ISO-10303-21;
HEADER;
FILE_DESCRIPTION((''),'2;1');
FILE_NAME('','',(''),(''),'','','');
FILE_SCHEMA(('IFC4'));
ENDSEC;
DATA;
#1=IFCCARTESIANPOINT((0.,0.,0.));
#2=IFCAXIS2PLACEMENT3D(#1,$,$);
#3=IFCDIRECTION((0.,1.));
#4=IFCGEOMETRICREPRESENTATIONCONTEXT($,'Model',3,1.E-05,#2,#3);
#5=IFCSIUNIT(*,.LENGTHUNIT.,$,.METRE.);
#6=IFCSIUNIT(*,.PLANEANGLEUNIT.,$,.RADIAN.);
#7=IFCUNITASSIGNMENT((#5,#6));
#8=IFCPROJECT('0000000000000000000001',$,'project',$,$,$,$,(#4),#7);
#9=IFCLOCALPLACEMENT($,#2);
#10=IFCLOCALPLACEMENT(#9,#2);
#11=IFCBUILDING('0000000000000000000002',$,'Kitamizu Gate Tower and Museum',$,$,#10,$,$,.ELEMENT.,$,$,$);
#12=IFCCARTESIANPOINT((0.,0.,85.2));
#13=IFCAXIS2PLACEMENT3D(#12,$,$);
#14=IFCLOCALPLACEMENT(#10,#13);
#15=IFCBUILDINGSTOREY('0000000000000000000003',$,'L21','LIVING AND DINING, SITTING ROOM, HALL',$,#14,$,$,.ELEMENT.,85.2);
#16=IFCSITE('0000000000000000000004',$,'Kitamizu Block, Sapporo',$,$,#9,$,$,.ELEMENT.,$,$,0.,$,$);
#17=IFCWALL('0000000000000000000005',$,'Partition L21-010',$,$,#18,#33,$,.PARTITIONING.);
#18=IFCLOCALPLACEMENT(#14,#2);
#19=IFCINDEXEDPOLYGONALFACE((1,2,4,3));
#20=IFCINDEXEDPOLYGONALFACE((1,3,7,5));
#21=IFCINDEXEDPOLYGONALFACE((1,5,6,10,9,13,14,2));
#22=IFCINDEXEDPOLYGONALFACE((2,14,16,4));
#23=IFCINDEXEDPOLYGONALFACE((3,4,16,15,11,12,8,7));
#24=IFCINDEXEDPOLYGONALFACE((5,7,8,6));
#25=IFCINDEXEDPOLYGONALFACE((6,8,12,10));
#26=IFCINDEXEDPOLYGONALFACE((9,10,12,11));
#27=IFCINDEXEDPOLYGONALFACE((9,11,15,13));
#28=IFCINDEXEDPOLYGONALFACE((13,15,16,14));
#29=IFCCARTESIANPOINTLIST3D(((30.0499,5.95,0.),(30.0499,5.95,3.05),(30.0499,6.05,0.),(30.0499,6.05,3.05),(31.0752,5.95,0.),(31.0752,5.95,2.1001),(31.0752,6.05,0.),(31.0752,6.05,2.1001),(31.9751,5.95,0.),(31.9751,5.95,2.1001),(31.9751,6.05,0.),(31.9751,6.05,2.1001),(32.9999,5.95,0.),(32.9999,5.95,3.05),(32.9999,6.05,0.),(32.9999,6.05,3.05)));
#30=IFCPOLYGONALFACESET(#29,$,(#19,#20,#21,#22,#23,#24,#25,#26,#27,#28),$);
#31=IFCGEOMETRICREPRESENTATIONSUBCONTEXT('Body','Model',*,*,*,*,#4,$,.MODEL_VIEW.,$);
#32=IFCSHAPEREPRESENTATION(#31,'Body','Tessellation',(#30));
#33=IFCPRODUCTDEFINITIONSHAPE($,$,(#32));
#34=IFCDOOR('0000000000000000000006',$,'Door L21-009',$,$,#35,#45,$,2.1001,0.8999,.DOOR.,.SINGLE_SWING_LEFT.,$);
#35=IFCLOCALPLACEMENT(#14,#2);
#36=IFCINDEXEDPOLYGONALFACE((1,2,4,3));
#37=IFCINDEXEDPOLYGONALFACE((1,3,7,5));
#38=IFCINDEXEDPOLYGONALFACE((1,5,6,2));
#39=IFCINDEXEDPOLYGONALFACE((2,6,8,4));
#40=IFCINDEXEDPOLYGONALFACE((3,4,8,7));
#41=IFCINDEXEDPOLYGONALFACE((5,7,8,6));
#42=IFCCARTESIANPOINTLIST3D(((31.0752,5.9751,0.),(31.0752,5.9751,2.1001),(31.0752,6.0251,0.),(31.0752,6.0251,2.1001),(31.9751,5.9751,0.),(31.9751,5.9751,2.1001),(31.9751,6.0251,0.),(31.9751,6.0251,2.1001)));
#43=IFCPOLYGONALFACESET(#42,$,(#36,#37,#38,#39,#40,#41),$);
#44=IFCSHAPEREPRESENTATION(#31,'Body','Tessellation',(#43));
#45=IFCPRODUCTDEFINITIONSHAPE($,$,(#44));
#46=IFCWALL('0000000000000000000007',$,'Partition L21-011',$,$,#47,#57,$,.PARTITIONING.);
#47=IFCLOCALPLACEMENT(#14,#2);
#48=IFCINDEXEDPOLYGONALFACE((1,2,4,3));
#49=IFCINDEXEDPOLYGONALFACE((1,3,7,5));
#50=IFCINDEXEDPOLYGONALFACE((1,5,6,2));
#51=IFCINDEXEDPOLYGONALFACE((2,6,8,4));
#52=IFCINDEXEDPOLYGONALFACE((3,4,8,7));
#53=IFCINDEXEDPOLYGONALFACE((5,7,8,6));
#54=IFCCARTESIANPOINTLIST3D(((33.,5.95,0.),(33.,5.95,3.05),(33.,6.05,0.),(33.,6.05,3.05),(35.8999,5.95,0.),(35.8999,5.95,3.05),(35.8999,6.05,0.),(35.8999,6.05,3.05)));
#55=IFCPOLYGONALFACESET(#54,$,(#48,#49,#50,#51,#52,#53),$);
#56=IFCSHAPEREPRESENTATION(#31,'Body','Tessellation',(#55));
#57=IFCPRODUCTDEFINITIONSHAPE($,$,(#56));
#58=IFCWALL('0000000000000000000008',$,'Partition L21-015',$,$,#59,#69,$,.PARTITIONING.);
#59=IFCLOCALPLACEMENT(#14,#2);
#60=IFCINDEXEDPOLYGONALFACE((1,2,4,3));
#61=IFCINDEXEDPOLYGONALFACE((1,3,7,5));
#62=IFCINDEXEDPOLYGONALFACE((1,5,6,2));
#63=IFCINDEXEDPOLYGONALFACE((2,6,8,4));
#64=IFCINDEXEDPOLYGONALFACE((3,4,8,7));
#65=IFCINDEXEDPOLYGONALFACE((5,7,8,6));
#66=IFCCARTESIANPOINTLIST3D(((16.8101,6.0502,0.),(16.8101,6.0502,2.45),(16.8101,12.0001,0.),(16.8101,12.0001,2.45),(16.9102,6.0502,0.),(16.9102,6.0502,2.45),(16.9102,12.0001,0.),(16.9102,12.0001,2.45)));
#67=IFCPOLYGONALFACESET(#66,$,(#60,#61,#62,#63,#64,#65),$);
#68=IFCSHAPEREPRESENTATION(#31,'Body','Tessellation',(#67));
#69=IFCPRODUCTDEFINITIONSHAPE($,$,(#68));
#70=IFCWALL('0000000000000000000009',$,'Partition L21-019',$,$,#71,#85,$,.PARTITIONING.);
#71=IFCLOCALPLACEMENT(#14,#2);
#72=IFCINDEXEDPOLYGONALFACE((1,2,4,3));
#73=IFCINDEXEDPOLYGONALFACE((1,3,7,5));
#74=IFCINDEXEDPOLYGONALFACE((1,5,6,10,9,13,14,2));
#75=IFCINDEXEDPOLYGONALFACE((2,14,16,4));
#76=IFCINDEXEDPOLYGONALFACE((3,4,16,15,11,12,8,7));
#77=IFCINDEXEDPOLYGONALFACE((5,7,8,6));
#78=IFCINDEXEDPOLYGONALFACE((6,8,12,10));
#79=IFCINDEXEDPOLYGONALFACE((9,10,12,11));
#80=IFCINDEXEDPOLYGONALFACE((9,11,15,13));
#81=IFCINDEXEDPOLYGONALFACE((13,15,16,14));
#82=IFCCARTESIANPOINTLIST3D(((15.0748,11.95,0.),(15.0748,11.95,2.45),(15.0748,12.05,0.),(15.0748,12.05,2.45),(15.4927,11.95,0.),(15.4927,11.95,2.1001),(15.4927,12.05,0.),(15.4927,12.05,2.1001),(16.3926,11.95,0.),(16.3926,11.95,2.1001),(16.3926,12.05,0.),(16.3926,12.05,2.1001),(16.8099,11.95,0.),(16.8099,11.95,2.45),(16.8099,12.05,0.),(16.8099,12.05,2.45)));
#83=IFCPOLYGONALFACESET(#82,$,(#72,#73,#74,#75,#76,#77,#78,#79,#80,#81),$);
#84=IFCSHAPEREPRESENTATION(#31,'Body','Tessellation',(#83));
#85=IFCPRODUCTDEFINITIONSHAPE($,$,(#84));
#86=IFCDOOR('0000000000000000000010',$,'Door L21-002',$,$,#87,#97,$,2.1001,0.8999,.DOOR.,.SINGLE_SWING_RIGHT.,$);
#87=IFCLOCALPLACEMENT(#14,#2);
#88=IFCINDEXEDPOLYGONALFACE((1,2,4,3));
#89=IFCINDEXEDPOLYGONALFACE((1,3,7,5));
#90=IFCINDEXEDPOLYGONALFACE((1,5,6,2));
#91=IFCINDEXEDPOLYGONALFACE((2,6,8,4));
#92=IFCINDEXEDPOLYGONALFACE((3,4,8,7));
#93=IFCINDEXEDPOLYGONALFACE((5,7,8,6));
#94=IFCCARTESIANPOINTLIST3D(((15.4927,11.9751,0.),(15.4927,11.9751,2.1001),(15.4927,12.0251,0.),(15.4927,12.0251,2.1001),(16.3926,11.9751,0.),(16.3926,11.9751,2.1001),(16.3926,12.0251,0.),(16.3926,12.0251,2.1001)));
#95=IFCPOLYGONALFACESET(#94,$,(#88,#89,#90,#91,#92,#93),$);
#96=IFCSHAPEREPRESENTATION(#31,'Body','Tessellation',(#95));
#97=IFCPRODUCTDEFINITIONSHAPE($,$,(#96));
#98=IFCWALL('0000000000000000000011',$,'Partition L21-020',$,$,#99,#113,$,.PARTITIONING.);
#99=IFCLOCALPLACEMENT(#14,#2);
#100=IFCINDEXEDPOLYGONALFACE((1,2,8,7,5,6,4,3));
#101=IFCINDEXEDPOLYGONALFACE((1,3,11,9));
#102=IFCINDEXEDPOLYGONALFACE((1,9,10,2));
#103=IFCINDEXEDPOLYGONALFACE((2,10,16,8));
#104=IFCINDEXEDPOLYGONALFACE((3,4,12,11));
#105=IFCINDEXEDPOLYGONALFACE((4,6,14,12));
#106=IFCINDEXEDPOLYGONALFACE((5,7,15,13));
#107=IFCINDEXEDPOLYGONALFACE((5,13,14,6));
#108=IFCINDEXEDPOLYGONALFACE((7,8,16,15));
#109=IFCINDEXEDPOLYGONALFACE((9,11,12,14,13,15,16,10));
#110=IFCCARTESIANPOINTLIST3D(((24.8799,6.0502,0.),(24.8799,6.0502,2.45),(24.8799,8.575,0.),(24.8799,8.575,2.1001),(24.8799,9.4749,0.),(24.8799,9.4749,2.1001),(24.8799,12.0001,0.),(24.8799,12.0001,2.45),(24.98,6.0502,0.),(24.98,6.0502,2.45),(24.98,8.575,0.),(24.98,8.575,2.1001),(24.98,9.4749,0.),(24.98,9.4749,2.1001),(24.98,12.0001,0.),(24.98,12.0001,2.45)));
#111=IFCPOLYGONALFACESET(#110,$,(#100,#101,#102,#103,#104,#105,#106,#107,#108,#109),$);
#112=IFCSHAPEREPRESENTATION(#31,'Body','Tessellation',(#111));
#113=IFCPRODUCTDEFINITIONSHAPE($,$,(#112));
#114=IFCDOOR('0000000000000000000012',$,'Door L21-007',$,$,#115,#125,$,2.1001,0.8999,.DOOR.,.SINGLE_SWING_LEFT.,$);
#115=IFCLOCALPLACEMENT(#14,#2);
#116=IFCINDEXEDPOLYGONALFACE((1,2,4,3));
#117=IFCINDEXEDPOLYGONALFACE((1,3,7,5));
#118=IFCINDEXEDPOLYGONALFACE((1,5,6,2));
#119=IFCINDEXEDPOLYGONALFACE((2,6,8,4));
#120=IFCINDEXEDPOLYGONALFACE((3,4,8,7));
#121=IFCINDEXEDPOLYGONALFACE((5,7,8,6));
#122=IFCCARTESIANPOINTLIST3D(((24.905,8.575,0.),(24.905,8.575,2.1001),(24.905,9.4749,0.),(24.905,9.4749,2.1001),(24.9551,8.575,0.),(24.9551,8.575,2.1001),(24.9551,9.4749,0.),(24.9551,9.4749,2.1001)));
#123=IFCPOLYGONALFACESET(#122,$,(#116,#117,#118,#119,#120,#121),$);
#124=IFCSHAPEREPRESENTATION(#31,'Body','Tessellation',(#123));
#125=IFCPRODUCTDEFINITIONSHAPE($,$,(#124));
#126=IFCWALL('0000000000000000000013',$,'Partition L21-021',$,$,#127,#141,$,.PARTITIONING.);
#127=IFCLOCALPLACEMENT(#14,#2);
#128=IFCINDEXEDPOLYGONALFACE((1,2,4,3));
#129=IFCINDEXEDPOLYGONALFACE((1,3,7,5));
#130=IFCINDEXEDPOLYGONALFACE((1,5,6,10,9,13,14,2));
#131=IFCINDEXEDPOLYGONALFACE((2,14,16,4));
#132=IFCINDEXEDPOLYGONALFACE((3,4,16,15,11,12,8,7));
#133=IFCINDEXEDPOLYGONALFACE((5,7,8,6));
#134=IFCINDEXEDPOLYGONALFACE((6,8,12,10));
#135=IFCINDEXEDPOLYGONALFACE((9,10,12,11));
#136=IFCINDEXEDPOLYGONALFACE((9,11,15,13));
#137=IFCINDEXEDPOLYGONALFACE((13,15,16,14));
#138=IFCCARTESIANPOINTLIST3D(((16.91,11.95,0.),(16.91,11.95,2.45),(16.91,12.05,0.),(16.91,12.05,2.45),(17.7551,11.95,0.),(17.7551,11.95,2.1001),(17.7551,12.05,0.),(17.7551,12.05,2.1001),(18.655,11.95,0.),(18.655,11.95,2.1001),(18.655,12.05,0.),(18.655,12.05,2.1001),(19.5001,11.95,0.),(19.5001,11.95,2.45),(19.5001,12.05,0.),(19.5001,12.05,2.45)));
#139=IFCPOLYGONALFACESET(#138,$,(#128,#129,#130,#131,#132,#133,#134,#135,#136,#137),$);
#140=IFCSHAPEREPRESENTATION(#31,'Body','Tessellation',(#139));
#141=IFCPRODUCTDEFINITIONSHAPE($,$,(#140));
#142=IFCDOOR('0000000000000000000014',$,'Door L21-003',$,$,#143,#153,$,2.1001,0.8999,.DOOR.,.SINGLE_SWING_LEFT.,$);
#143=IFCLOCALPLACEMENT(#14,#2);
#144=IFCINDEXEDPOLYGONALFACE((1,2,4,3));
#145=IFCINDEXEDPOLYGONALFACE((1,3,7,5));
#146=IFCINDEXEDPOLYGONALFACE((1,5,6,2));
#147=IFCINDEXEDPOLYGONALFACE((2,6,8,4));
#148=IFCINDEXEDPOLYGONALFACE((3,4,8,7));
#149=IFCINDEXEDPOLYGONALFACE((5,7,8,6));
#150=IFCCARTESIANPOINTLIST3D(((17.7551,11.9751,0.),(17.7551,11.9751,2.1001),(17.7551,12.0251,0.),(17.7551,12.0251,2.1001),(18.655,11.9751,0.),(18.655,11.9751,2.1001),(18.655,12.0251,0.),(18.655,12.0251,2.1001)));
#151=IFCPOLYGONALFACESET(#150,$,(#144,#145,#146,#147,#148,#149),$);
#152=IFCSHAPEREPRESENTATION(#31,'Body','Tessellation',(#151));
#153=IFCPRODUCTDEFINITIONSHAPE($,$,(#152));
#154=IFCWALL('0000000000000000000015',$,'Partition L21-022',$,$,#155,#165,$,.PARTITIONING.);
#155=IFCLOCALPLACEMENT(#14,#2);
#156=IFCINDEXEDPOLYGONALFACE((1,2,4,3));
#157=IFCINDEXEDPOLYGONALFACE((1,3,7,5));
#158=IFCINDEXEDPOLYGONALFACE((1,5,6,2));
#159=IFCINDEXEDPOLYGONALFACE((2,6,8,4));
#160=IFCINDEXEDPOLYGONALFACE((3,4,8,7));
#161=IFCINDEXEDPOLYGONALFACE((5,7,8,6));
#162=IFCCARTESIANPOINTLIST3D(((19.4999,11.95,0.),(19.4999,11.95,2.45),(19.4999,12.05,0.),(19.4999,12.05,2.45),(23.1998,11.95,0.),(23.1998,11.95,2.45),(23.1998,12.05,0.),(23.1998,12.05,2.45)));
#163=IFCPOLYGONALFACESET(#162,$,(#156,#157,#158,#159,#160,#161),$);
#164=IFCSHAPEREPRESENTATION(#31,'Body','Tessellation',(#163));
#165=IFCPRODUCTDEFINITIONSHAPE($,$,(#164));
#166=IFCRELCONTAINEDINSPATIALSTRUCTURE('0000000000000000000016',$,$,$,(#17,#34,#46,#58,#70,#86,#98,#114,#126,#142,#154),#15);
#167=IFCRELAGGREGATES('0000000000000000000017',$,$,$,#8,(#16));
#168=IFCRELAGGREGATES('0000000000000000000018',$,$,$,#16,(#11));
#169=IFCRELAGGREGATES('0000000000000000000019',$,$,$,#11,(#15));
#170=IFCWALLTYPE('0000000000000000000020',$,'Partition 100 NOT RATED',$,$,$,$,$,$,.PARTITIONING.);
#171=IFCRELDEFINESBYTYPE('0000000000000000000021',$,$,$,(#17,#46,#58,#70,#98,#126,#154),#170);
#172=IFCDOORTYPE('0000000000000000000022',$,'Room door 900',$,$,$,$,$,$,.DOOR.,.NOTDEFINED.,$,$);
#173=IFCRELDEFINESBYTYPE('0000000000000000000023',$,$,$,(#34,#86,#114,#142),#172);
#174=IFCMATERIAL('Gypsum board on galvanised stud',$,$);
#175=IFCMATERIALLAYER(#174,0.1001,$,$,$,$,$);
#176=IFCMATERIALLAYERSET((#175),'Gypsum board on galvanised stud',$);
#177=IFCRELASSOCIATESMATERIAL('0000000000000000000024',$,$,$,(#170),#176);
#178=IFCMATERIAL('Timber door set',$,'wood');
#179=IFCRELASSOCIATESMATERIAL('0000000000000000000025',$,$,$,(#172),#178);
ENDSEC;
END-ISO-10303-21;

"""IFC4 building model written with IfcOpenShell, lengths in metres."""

from ifc_helpers import new_model, si_unit, direction, frame, frame_2d, origin, place, context, subcontext, project, spatial, rectangle, extrude, material, layer, layer_set, type_object, element, fill, save


model = new_model("IFC4")

# Units and contexts
model_context = context("Model", 3, precision=1e-05, world=origin(), true_north=direction((0.0, 1.0)))
body_context = subcontext(model_context, "Body", "Model", "MODEL_VIEW")
ifc_project = project(units=[si_unit("LENGTHUNIT", "METRE"), si_unit("PLANEANGLEUNIT", "RADIAN")], contexts=[model_context])

# Site, building, storey
site_placement = place(None, origin())
site = spatial("IfcSite", under=ifc_project, at=site_placement, Name="Kitamizu Block, Sapporo", CompositionType="ELEMENT", RefElevation=0.0)
building_placement = place(site_placement, origin())
building = spatial("IfcBuilding", under=site, at=building_placement, Name="Kitamizu Gate Tower and Museum", CompositionType="ELEMENT")
storey_placement = place(building_placement, frame((0.0, 0.0, 85.2)))
storey = spatial("IfcBuildingStorey", under=building, at=storey_placement, Name="L21", Description="LIVING AND DINING, SITTING ROOM, HALL", CompositionType="ELEMENT", Elevation=85.2)

# Shared definitions
ifc_material_1 = material(Name="Gypsum board on galvanised stud")
ifc_layer = layer(ifc_material_1, 0.1001)
ifc_layer_set = layer_set([ifc_layer], Name="Gypsum board on galvanised stud")
wall_type = type_object("IfcWallType", Name="Partition 100 NOT RATED", PredefinedType="PARTITIONING", material=ifc_layer_set)
ifc_material_2 = material(Name="Timber door set", Category="wood")
door_type = type_object("IfcDoorType", Name="Room door 900", OperationType="NOTDEFINED", PredefinedType="DOOR", material=ifc_material_2)

# Wall, opening, door
wall_1_placement = place(storey_placement, frame((33.0, 6.0, 0.0), z_axis=(0.0, 0.0, 1.0), x_axis=(-1.0, 0.0, 0.0)))
wall_1 = element("IfcWall", 1, at=wall_1_placement, inside=storey, type_object=wall_type, Name="Partition L21-010", PredefinedType="PARTITIONING", context=body_context, shape_type="SweptSolid", body=[
    extrude(rectangle(XDim=2.95, YDim=0.1001, at=frame_2d((1.4751, 0.0))), origin(), (0.0, 0.0, 1.0), 3.05),
])
opening_1_placement = place(wall_1_placement, frame((1.0249, 0.0, 0.0)))
opening_1 = element("IfcOpeningElement", 2, at=opening_1_placement, cuts=wall_1, PredefinedType="OPENING", context=body_context, shape_type="SweptSolid", body=[
    extrude(rectangle(XDim=0.8999, YDim=2.1001, at=frame_2d((0.45, 1.05))), frame((0.0, 0.0601, 0.0), z_axis=(0.0, -1.0, 0.0), x_axis=(1.0, 0.0, 0.0)), (0.0, 0.0, 1.0), 0.1201),
])
door_1_placement = place(opening_1_placement, origin())
door_1 = element("IfcDoor", 3, at=door_1_placement, inside=storey, type_object=door_type, Name="Door L21-009", OperationType="SINGLE_SWING_LEFT", OverallHeight=2.1001, OverallWidth=0.8999, PredefinedType="DOOR", context=body_context, shape_type="SweptSolid", body=[
    extrude(rectangle(XDim=0.8999, YDim=2.1001, at=frame_2d((0.45, 1.05))), frame((0.0, 0.0249, 0.0), z_axis=(0.0, -1.0, 0.0), x_axis=(1.0, 0.0, 0.0)), (0.0, 0.0, 1.0), 0.05),
])
fill(opening_1, door_1)

# Walls
wall_2_placement = place(storey_placement, frame((35.8999, 6.0, 0.0), z_axis=(0.0, 0.0, 1.0), x_axis=(-1.0, 0.0, 0.0)))
element("IfcWall", 4, at=wall_2_placement, inside=storey, type_object=wall_type, Name="Partition L21-011", PredefinedType="PARTITIONING", context=body_context, shape_type="SweptSolid", body=[
    extrude(rectangle(XDim=2.8999, YDim=0.1001, at=frame_2d((1.45, 0.0))), origin(), (0.0, 0.0, 1.0), 3.05),
])
wall_3_placement = place(storey_placement, frame((16.8601, 6.05, 0.0), z_axis=(0.0, 0.0, 1.0), x_axis=(0.0, 1.0, 0.0)))
element("IfcWall", 5, at=wall_3_placement, inside=storey, type_object=wall_type, Name="Partition L21-015", PredefinedType="PARTITIONING", context=body_context, shape_type="SweptSolid", body=[
    extrude(rectangle(XDim=5.95, YDim=0.1001, at=frame_2d((2.9751, 0.0))), origin(), (0.0, 0.0, 1.0), 2.45),
])

# Walls, openings, doors
wall_4_placement = place(storey_placement, frame((16.8101, 12.0, 0.0), z_axis=(0.0, 0.0, 1.0), x_axis=(-1.0, 0.0, 0.0)))
wall_4 = element("IfcWall", 6, at=wall_4_placement, inside=storey, type_object=wall_type, Name="Partition L21-019", PredefinedType="PARTITIONING", context=body_context, shape_type="SweptSolid", body=[
    extrude(rectangle(XDim=1.7351, YDim=0.1001, at=frame_2d((0.8677, 0.0))), origin(), (0.0, 0.0, 1.0), 2.45),
])
opening_2_placement = place(wall_4_placement, frame((0.4175, 0.0, 0.0)))
opening_2 = element("IfcOpeningElement", 7, at=opening_2_placement, cuts=wall_4, PredefinedType="OPENING", context=body_context, shape_type="SweptSolid", body=[
    extrude(rectangle(XDim=0.8999, YDim=2.1001, at=frame_2d((0.45, 1.05))), frame((0.0, 0.0601, 0.0), z_axis=(0.0, -1.0, 0.0), x_axis=(1.0, 0.0, 0.0)), (0.0, 0.0, 1.0), 0.1201),
])
door_2_placement = place(opening_2_placement, origin())
door_2 = element("IfcDoor", 8, at=door_2_placement, inside=storey, type_object=door_type, Name="Door L21-002", OperationType="SINGLE_SWING_RIGHT", OverallHeight=2.1001, OverallWidth=0.8999, PredefinedType="DOOR", context=body_context, shape_type="SweptSolid", body=[
    extrude(rectangle(XDim=0.8999, YDim=2.1001, at=frame_2d((0.45, 1.05))), frame((0.0, 0.0249, 0.0), z_axis=(0.0, -1.0, 0.0), x_axis=(1.0, 0.0, 0.0)), (0.0, 0.0, 1.0), 0.05),
])
fill(opening_2, door_2)
wall_5_placement = place(storey_placement, frame((24.9299, 6.05, 0.0), z_axis=(0.0, 0.0, 1.0), x_axis=(0.0, 1.0, 0.0)))
wall_5 = element("IfcWall", 9, at=wall_5_placement, inside=storey, type_object=wall_type, Name="Partition L21-020", PredefinedType="PARTITIONING", context=body_context, shape_type="SweptSolid", body=[
    extrude(rectangle(XDim=5.95, YDim=0.1001, at=frame_2d((2.9751, 0.0))), origin(), (0.0, 0.0, 1.0), 2.45),
])
opening_3_placement = place(wall_5_placement, frame((2.5249, 0.0, 0.0)))
opening_3 = element("IfcOpeningElement", 10, at=opening_3_placement, cuts=wall_5, PredefinedType="OPENING", context=body_context, shape_type="SweptSolid", body=[
    extrude(rectangle(XDim=0.8999, YDim=2.1001, at=frame_2d((0.45, 1.05))), frame((0.0, 0.0601, 0.0), z_axis=(0.0, -1.0, 0.0), x_axis=(1.0, 0.0, 0.0)), (0.0, 0.0, 1.0), 0.1201),
])
door_3_placement = place(opening_3_placement, origin())
door_3 = element("IfcDoor", 11, at=door_3_placement, inside=storey, type_object=door_type, Name="Door L21-007", OperationType="SINGLE_SWING_LEFT", OverallHeight=2.1001, OverallWidth=0.8999, PredefinedType="DOOR", context=body_context, shape_type="SweptSolid", body=[
    extrude(rectangle(XDim=0.8999, YDim=2.1001, at=frame_2d((0.45, 1.05))), frame((0.0, 0.0249, 0.0), z_axis=(0.0, -1.0, 0.0), x_axis=(1.0, 0.0, 0.0)), (0.0, 0.0, 1.0), 0.05),
])
fill(opening_3, door_3)
wall_6_placement = place(storey_placement, frame((19.5, 12.0, 0.0), z_axis=(0.0, 0.0, 1.0), x_axis=(-1.0, 0.0, 0.0)))
wall_6 = element("IfcWall", 12, at=wall_6_placement, inside=storey, type_object=wall_type, Name="Partition L21-021", PredefinedType="PARTITIONING", context=body_context, shape_type="SweptSolid", body=[
    extrude(rectangle(XDim=2.5901, YDim=0.1001, at=frame_2d((1.2949, 0.0))), origin(), (0.0, 0.0, 1.0), 2.45),
])
opening_4_placement = place(wall_6_placement, frame((0.845, 0.0, 0.0)))
opening_4 = element("IfcOpeningElement", 13, at=opening_4_placement, cuts=wall_6, PredefinedType="OPENING", context=body_context, shape_type="SweptSolid", body=[
    extrude(rectangle(XDim=0.8999, YDim=2.1001, at=frame_2d((0.45, 1.05))), frame((0.0, 0.0601, 0.0), z_axis=(0.0, -1.0, 0.0), x_axis=(1.0, 0.0, 0.0)), (0.0, 0.0, 1.0), 0.1201),
])
door_4_placement = place(opening_4_placement, origin())
door_4 = element("IfcDoor", 14, at=door_4_placement, inside=storey, type_object=door_type, Name="Door L21-003", OperationType="SINGLE_SWING_LEFT", OverallHeight=2.1001, OverallWidth=0.8999, PredefinedType="DOOR", context=body_context, shape_type="SweptSolid", body=[
    extrude(rectangle(XDim=0.8999, YDim=2.1001, at=frame_2d((0.45, 1.05))), frame((0.0, 0.0249, 0.0), z_axis=(0.0, -1.0, 0.0), x_axis=(1.0, 0.0, 0.0)), (0.0, 0.0, 1.0), 0.05),
])
fill(opening_4, door_4)

# Wall
wall_7_placement = place(storey_placement, frame((23.2, 12.0, 0.0), z_axis=(0.0, 0.0, 1.0), x_axis=(-1.0, 0.0, 0.0)))
element("IfcWall", 15, at=wall_7_placement, inside=storey, type_object=wall_type, Name="Partition L21-022", PredefinedType="PARTITIONING", context=body_context, shape_type="SweptSolid", body=[
    extrude(rectangle(XDim=3.7, YDim=0.1001, at=frame_2d((1.8501, 0.0))), origin(), (0.0, 0.0, 1.0), 2.45),
])

save(model, "model.ifc")
